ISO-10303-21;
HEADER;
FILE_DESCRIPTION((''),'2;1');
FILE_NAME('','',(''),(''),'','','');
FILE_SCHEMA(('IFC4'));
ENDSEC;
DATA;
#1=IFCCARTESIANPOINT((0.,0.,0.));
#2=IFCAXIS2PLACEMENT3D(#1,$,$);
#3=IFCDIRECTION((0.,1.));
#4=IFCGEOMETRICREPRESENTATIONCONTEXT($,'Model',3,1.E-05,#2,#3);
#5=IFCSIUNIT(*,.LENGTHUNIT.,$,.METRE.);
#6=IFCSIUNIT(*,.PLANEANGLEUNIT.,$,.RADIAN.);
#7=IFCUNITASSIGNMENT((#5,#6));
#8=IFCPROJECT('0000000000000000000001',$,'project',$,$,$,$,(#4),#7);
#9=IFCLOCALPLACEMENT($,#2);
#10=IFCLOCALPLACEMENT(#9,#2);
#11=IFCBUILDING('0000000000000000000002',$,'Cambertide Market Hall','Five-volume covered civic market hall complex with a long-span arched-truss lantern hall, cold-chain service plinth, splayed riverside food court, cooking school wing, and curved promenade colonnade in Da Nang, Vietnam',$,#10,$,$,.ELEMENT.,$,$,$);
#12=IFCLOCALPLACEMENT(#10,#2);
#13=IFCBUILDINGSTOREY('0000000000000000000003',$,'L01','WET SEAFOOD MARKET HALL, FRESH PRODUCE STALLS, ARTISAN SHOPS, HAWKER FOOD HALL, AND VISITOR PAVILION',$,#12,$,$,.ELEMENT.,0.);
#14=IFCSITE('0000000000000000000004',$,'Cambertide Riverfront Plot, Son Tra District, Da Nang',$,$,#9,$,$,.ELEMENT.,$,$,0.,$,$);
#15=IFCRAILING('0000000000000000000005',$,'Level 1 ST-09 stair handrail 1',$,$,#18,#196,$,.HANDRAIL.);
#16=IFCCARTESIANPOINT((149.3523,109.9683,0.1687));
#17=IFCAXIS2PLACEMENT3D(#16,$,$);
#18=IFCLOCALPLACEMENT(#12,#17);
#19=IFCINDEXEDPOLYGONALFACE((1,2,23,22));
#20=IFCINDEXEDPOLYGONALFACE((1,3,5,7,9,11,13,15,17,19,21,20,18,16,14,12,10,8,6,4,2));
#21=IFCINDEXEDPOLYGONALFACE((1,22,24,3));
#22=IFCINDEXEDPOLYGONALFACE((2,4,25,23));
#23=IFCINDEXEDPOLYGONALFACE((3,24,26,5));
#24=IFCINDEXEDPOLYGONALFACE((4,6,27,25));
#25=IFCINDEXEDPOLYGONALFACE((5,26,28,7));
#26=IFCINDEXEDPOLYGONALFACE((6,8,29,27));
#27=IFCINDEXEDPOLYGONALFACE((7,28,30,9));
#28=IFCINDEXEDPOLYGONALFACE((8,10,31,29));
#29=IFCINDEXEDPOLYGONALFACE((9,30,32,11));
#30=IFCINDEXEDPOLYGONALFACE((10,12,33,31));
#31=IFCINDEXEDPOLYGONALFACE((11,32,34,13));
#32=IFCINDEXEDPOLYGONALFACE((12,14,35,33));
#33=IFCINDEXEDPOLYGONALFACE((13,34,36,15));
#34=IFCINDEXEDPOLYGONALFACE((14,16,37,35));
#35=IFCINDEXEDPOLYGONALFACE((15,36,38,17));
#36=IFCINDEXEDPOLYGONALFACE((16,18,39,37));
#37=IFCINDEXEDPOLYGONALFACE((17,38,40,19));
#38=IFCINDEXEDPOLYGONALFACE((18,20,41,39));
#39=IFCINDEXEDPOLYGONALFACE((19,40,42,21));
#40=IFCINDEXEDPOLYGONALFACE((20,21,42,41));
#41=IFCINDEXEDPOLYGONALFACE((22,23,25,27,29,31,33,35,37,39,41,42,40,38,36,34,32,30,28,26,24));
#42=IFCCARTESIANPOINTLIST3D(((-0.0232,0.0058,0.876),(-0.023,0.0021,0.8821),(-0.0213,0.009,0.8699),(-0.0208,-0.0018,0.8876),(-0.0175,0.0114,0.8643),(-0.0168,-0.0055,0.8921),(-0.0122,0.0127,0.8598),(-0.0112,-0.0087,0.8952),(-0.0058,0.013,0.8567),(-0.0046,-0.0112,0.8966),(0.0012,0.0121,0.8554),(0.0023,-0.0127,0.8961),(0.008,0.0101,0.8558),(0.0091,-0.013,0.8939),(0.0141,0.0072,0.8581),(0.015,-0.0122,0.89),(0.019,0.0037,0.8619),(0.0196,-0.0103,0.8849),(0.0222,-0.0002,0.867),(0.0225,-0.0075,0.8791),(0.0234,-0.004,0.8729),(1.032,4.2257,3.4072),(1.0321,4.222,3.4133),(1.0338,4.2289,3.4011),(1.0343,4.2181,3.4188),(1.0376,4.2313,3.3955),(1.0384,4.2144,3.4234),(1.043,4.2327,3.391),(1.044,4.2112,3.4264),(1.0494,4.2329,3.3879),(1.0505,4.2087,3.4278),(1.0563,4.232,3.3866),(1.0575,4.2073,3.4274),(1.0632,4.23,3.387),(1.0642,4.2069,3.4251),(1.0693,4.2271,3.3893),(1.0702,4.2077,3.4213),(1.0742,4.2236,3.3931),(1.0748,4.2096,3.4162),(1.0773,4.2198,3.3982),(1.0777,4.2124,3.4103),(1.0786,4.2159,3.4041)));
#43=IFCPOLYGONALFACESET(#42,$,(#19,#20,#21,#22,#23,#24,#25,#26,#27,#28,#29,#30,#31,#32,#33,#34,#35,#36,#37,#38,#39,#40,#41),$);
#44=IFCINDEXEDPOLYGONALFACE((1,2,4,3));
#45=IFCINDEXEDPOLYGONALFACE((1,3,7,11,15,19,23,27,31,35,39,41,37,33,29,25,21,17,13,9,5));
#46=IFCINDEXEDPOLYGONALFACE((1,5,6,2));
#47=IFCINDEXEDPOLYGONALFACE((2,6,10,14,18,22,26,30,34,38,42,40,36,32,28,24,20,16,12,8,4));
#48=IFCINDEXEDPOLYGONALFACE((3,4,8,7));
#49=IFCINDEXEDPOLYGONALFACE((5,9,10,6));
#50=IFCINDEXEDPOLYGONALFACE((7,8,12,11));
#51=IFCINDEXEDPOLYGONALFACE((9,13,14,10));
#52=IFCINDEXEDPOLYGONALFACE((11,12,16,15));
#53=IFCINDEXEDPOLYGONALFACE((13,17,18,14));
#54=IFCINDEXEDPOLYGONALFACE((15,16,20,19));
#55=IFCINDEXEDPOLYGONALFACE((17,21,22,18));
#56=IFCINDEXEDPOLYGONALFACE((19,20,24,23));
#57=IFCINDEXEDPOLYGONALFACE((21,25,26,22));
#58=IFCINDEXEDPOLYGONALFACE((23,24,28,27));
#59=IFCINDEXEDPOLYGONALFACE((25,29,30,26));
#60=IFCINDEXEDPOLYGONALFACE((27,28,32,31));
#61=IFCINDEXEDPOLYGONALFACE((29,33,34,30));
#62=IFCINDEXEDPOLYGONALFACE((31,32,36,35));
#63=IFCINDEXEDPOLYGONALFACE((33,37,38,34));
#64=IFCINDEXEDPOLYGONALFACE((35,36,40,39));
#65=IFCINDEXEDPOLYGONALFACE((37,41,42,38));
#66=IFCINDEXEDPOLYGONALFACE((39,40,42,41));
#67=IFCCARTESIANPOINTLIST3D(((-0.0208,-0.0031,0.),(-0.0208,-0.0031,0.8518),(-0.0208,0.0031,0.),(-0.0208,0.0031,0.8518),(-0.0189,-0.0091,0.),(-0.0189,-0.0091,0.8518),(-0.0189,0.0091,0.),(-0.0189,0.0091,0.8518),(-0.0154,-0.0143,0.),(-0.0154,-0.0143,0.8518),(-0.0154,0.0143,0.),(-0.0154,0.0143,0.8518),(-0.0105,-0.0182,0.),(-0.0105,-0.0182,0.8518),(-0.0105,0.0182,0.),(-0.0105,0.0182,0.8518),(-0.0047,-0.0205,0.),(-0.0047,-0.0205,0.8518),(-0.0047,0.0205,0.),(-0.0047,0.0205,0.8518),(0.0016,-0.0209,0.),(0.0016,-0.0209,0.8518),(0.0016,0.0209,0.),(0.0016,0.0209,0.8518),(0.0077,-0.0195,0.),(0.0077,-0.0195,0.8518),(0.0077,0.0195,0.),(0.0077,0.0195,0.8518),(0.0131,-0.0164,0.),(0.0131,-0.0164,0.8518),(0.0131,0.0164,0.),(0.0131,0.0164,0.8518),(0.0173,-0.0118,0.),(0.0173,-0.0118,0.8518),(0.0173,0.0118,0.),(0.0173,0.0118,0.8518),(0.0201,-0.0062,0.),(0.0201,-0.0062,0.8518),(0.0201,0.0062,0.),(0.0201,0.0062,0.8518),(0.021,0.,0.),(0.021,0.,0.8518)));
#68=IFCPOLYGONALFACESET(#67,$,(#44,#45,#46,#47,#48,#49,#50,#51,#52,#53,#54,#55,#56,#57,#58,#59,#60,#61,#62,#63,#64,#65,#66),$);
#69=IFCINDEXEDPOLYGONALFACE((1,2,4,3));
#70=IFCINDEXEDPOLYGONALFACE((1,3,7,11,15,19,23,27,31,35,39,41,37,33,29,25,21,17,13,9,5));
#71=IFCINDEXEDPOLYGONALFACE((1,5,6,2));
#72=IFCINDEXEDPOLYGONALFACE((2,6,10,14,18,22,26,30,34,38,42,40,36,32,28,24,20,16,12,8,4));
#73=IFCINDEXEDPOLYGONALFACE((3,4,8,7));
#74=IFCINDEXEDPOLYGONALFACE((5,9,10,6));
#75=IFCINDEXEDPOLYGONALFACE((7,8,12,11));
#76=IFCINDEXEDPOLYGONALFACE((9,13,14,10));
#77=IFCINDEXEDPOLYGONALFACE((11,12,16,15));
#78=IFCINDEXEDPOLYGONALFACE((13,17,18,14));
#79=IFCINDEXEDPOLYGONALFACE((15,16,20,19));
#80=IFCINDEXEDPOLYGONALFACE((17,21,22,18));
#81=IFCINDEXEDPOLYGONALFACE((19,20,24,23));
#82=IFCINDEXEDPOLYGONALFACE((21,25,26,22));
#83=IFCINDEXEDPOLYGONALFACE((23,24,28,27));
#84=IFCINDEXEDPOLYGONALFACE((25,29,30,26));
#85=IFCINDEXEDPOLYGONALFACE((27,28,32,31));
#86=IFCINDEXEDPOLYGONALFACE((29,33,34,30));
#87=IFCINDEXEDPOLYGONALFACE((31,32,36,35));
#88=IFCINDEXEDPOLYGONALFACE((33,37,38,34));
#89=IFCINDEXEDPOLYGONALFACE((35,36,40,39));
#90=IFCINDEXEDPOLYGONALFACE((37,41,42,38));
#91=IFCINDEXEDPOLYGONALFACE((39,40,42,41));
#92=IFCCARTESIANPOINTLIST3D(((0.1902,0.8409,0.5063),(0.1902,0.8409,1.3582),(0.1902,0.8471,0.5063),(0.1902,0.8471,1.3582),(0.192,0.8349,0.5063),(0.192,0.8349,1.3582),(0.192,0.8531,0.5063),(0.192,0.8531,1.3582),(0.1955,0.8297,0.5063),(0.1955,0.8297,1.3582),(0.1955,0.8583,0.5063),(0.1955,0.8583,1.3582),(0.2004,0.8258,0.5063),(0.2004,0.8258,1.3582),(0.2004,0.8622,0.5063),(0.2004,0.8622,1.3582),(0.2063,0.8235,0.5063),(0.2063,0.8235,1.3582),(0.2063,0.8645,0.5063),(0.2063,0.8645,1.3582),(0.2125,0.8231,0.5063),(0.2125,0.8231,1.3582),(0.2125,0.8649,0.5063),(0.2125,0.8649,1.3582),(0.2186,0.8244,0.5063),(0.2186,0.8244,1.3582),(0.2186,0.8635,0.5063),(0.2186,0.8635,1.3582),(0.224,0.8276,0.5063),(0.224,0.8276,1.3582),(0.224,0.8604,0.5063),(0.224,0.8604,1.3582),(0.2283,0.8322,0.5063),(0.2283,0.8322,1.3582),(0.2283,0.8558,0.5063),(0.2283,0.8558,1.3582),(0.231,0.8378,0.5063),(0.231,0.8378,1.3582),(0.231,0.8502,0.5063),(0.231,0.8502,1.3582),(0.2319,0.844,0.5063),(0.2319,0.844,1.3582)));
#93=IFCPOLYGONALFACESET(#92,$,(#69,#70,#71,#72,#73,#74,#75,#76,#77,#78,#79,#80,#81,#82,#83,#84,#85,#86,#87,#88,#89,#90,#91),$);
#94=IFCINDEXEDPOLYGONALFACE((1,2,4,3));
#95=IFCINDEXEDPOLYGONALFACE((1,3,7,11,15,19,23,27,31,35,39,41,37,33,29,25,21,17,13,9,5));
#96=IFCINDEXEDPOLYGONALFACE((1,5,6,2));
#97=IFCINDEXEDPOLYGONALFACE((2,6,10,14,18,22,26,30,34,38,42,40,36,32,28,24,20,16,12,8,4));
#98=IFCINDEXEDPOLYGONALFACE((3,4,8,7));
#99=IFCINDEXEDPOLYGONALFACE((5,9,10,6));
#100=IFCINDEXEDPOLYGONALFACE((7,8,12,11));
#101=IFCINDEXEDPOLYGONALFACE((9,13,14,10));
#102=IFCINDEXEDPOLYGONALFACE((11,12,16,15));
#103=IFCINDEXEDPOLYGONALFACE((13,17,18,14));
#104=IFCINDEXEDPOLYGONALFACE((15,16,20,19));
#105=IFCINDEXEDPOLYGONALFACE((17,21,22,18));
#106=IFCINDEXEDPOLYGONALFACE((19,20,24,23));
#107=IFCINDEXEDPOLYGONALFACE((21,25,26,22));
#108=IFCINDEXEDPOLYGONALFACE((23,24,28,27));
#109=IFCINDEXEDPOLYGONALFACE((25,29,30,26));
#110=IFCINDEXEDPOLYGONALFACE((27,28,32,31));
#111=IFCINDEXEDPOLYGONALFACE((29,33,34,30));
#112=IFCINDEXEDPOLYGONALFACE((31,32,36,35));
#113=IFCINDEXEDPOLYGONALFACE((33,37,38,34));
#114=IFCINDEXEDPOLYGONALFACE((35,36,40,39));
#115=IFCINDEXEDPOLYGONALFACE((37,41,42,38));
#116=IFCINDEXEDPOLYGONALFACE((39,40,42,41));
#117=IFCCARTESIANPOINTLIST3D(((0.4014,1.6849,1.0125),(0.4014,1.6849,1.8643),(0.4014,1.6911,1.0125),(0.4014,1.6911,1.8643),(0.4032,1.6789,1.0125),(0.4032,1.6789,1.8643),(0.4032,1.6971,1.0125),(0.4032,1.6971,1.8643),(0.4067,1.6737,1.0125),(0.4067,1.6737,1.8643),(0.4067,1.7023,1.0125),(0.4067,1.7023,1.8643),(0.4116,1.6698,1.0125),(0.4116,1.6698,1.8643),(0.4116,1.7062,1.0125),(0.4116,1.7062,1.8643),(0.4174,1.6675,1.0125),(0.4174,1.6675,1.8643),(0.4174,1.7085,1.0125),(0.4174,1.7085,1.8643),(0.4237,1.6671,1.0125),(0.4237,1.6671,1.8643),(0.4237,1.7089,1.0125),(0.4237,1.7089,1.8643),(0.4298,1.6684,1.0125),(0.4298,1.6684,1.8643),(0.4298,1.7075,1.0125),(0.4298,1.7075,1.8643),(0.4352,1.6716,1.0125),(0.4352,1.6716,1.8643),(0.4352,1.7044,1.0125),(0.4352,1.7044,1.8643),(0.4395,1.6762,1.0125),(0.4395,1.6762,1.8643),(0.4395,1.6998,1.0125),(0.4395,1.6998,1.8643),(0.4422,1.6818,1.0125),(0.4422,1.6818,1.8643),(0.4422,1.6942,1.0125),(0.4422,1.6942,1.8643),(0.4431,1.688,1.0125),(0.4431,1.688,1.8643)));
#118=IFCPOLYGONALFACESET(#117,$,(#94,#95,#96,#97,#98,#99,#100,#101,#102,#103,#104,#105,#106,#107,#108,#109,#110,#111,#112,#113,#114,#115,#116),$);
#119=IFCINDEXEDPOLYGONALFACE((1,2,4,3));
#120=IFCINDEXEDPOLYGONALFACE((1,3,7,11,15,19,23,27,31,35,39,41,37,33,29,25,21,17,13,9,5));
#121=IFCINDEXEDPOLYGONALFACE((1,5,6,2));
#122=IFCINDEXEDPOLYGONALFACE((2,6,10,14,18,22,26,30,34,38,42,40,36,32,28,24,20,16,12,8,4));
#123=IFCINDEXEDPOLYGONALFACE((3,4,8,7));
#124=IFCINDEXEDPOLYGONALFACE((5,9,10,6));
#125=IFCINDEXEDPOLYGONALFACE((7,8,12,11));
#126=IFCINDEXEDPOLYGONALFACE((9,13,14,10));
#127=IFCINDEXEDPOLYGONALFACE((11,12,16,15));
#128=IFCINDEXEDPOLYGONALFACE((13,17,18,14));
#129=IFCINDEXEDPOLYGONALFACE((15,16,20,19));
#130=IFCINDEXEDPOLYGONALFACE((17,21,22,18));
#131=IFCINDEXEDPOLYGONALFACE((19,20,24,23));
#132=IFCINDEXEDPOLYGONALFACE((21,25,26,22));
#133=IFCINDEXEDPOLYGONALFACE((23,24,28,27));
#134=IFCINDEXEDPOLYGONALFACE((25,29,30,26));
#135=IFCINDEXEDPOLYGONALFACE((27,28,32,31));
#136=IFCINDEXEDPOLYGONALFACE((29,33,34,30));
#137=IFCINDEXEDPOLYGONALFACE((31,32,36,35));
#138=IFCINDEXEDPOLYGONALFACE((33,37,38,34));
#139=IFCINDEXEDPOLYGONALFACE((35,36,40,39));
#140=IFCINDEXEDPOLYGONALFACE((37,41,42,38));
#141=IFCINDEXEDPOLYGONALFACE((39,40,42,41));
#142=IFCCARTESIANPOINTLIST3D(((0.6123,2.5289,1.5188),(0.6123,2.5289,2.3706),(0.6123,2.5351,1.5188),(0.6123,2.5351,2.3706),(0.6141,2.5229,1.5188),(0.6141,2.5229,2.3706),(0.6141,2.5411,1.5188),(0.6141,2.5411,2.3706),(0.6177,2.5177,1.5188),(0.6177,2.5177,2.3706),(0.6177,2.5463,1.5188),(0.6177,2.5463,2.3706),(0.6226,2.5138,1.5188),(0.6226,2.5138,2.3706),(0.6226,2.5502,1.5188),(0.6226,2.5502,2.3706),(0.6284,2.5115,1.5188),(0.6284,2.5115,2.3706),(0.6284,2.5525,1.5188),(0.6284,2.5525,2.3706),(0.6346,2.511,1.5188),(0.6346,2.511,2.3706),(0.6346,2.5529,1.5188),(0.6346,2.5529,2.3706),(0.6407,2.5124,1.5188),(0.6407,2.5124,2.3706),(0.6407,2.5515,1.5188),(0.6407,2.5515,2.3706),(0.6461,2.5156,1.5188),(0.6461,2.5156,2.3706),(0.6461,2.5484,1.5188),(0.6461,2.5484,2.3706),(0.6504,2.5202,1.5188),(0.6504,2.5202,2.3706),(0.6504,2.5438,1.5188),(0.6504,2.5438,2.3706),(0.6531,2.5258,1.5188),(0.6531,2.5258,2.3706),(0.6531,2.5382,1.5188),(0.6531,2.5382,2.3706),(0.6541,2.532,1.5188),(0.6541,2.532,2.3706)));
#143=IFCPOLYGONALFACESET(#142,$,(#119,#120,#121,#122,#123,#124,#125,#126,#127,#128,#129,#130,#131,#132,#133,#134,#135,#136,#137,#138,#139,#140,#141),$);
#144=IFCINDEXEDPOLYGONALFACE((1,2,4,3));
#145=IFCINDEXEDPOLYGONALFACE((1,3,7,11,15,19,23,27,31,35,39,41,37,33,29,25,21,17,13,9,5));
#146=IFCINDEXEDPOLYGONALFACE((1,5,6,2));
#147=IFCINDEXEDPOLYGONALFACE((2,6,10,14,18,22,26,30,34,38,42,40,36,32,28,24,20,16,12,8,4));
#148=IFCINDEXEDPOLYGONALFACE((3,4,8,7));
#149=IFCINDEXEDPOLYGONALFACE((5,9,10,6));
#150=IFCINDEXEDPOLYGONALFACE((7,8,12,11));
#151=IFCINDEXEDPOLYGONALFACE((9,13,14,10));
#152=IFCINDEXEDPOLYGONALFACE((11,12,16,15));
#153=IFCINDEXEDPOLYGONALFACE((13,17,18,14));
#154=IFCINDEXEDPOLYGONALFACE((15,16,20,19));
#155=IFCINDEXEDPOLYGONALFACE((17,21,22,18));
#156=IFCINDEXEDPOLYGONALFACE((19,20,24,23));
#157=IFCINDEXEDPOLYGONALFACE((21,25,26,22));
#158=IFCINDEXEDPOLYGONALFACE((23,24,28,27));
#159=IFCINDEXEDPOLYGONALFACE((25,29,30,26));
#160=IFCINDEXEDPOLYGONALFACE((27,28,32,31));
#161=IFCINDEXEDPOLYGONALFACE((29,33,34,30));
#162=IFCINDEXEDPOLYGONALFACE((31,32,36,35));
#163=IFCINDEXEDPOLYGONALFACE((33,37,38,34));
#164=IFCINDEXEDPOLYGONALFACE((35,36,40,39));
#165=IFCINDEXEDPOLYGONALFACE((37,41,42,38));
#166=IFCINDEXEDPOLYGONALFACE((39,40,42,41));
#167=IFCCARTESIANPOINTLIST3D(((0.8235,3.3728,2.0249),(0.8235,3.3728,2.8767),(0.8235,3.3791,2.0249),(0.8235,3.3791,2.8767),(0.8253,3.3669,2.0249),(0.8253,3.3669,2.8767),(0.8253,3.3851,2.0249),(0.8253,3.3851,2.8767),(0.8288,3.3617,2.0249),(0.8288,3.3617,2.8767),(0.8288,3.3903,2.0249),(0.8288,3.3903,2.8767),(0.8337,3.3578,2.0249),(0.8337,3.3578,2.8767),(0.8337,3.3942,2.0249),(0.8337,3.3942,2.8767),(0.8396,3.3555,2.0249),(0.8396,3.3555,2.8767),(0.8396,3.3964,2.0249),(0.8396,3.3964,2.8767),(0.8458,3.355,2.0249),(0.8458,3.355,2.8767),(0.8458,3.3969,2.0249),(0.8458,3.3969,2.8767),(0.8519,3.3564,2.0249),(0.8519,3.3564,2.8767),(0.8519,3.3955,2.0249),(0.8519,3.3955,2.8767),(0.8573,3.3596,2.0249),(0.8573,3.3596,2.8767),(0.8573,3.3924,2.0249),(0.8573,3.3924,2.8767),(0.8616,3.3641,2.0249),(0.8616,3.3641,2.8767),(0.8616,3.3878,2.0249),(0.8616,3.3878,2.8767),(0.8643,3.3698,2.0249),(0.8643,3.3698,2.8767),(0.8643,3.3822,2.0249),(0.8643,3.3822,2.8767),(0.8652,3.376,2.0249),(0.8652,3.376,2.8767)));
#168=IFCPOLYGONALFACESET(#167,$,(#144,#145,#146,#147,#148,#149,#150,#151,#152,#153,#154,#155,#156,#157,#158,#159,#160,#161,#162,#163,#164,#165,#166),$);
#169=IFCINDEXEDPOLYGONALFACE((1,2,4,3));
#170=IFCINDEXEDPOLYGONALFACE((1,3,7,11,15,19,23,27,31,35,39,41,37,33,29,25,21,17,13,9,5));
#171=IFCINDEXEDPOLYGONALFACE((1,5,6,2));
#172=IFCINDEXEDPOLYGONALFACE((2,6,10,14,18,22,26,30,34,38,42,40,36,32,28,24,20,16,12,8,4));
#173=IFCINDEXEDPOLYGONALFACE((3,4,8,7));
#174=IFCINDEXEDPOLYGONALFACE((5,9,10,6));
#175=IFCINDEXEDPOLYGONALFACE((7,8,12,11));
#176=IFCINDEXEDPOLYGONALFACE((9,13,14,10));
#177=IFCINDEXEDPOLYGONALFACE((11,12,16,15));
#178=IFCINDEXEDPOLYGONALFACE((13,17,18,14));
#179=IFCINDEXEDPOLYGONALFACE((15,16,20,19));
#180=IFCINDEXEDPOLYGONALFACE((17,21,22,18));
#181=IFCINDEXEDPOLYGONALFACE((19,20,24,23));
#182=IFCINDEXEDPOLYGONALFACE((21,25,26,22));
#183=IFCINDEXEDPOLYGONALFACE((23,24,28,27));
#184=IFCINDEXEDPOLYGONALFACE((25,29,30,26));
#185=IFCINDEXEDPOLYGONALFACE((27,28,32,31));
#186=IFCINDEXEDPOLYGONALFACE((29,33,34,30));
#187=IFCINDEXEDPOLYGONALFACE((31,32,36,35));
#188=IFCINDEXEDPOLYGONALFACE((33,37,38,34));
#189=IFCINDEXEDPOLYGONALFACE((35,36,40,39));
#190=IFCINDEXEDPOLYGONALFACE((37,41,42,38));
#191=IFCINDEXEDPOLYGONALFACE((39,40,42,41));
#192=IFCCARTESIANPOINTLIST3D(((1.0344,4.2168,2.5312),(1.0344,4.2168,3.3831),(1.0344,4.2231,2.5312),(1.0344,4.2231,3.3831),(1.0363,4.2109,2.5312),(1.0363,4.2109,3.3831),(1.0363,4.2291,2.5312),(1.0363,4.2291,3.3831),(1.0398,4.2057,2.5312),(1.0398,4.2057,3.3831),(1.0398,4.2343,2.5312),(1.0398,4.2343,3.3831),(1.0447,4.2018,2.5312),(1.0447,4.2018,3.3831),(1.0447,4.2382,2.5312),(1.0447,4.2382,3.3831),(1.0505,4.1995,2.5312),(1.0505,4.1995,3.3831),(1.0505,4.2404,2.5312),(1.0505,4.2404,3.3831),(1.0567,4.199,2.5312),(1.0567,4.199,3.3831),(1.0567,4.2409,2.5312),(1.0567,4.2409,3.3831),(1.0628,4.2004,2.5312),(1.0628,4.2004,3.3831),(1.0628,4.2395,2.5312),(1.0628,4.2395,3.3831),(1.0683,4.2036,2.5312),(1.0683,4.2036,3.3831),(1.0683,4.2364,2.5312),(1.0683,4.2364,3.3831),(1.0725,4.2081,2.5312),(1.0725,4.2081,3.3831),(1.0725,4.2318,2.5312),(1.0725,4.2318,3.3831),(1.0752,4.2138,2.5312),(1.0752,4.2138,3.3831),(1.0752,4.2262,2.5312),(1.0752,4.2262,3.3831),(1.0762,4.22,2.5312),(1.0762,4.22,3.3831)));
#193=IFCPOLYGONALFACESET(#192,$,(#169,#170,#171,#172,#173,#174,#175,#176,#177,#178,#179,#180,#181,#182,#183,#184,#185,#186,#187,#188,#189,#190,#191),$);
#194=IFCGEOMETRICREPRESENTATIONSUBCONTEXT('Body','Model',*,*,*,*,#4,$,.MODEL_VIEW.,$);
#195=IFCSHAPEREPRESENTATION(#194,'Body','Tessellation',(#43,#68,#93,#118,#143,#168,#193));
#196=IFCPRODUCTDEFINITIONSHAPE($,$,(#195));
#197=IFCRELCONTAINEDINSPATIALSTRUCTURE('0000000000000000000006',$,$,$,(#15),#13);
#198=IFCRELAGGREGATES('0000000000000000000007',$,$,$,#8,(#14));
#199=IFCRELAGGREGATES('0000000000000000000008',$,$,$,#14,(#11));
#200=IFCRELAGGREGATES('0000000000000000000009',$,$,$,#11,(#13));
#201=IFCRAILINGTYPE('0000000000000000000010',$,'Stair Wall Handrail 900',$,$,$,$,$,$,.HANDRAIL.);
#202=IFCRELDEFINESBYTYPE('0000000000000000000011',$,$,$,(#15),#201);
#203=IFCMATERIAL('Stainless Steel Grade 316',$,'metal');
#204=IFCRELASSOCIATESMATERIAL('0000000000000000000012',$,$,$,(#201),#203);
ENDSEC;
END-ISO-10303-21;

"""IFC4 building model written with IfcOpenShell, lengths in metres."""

from ifc_helpers import new_model, si_unit, direction, frame, origin, origin_2d, place, context, subcontext, project, spatial, circle, extrude, material, type_object, element, save


model = new_model("IFC4")

# Units and contexts
model_context = context("Model", 3, precision=1e-05, world=origin(), true_north=direction((0.0, 1.0)))
body_context = subcontext(model_context, "Body", "Model", "MODEL_VIEW")
ifc_project = project(units=[si_unit("LENGTHUNIT", "METRE"), si_unit("PLANEANGLEUNIT", "RADIAN")], contexts=[model_context])

# Site, building, storey
site_placement = place(None, origin())
site = spatial("IfcSite", under=ifc_project, at=site_placement, Name="Cambertide Riverfront Plot, Son Tra District, Da Nang", CompositionType="ELEMENT", RefElevation=0.0)
building_placement = place(site_placement, origin())
building = spatial("IfcBuilding", under=site, at=building_placement, Name="Cambertide Market Hall", Description="Five-volume covered civic market hall complex with a long-span arched-truss lantern hall, cold-chain service plinth, splayed riverside food court, cooking school wing, and curved promenade colonnade in Da Nang, Vietnam", CompositionType="ELEMENT")
storey_placement = place(building_placement, origin())
storey = spatial("IfcBuildingStorey", under=building, at=storey_placement, Name="L01", Description="WET SEAFOOD MARKET HALL, FRESH PRODUCE STALLS, ARTISAN SHOPS, HAWKER FOOD HALL, AND VISITOR PAVILION", CompositionType="ELEMENT", Elevation=0.0)

# Railing
ifc_material_1 = material(Name="Stainless Steel Grade 316", Category="metal")
railing_type_1 = type_object("IfcRailingType", Name="Stair Wall Handrail 900", PredefinedType="HANDRAIL", material=ifc_material_1)
railing_1_placement = place(storey_placement, frame((149.3523, 109.9683, 0.1687)))
element("IfcRailing", 1, at=railing_1_placement, inside=storey, type_object=railing_type_1, Name="Level 1 ST-09 stair handrail 1", PredefinedType="HANDRAIL", context=body_context, shape_type="SweptSolid", body=[
    extrude(circle(Radius=0.0239, at=origin_2d()), frame((0.0, 0.0, 0.876), z_axis=(0.209661, 0.838499, 0.502954), x_axis=(-0.970133, 0.242575, 0.0)), (0.0, 0.0, 1.0), 5.0327),
    extrude(circle(Radius=0.021, at=origin_2d()), origin(), (0.0, 0.0, 1.0), 0.8518),
    extrude(circle(Radius=0.021, at=origin_2d()), frame((0.2109, 0.844, 0.5063)), (0.0, 0.0, 1.0), 0.8518),
    extrude(circle(Radius=0.021, at=origin_2d()), frame((0.4221, 1.688, 1.0125)), (0.0, 0.0, 1.0), 0.8518),
    extrude(circle(Radius=0.021, at=origin_2d()), frame((0.6331, 2.532, 1.5188)), (0.0, 0.0, 1.0), 0.8518),
    extrude(circle(Radius=0.021, at=origin_2d()), frame((0.8442, 3.376, 2.0249)), (0.0, 0.0, 1.0), 0.8518),
    extrude(circle(Radius=0.021, at=origin_2d()), frame((1.0552, 4.22, 2.5312)), (0.0, 0.0, 1.0), 0.8518),
])

save(model, "model.ifc")
